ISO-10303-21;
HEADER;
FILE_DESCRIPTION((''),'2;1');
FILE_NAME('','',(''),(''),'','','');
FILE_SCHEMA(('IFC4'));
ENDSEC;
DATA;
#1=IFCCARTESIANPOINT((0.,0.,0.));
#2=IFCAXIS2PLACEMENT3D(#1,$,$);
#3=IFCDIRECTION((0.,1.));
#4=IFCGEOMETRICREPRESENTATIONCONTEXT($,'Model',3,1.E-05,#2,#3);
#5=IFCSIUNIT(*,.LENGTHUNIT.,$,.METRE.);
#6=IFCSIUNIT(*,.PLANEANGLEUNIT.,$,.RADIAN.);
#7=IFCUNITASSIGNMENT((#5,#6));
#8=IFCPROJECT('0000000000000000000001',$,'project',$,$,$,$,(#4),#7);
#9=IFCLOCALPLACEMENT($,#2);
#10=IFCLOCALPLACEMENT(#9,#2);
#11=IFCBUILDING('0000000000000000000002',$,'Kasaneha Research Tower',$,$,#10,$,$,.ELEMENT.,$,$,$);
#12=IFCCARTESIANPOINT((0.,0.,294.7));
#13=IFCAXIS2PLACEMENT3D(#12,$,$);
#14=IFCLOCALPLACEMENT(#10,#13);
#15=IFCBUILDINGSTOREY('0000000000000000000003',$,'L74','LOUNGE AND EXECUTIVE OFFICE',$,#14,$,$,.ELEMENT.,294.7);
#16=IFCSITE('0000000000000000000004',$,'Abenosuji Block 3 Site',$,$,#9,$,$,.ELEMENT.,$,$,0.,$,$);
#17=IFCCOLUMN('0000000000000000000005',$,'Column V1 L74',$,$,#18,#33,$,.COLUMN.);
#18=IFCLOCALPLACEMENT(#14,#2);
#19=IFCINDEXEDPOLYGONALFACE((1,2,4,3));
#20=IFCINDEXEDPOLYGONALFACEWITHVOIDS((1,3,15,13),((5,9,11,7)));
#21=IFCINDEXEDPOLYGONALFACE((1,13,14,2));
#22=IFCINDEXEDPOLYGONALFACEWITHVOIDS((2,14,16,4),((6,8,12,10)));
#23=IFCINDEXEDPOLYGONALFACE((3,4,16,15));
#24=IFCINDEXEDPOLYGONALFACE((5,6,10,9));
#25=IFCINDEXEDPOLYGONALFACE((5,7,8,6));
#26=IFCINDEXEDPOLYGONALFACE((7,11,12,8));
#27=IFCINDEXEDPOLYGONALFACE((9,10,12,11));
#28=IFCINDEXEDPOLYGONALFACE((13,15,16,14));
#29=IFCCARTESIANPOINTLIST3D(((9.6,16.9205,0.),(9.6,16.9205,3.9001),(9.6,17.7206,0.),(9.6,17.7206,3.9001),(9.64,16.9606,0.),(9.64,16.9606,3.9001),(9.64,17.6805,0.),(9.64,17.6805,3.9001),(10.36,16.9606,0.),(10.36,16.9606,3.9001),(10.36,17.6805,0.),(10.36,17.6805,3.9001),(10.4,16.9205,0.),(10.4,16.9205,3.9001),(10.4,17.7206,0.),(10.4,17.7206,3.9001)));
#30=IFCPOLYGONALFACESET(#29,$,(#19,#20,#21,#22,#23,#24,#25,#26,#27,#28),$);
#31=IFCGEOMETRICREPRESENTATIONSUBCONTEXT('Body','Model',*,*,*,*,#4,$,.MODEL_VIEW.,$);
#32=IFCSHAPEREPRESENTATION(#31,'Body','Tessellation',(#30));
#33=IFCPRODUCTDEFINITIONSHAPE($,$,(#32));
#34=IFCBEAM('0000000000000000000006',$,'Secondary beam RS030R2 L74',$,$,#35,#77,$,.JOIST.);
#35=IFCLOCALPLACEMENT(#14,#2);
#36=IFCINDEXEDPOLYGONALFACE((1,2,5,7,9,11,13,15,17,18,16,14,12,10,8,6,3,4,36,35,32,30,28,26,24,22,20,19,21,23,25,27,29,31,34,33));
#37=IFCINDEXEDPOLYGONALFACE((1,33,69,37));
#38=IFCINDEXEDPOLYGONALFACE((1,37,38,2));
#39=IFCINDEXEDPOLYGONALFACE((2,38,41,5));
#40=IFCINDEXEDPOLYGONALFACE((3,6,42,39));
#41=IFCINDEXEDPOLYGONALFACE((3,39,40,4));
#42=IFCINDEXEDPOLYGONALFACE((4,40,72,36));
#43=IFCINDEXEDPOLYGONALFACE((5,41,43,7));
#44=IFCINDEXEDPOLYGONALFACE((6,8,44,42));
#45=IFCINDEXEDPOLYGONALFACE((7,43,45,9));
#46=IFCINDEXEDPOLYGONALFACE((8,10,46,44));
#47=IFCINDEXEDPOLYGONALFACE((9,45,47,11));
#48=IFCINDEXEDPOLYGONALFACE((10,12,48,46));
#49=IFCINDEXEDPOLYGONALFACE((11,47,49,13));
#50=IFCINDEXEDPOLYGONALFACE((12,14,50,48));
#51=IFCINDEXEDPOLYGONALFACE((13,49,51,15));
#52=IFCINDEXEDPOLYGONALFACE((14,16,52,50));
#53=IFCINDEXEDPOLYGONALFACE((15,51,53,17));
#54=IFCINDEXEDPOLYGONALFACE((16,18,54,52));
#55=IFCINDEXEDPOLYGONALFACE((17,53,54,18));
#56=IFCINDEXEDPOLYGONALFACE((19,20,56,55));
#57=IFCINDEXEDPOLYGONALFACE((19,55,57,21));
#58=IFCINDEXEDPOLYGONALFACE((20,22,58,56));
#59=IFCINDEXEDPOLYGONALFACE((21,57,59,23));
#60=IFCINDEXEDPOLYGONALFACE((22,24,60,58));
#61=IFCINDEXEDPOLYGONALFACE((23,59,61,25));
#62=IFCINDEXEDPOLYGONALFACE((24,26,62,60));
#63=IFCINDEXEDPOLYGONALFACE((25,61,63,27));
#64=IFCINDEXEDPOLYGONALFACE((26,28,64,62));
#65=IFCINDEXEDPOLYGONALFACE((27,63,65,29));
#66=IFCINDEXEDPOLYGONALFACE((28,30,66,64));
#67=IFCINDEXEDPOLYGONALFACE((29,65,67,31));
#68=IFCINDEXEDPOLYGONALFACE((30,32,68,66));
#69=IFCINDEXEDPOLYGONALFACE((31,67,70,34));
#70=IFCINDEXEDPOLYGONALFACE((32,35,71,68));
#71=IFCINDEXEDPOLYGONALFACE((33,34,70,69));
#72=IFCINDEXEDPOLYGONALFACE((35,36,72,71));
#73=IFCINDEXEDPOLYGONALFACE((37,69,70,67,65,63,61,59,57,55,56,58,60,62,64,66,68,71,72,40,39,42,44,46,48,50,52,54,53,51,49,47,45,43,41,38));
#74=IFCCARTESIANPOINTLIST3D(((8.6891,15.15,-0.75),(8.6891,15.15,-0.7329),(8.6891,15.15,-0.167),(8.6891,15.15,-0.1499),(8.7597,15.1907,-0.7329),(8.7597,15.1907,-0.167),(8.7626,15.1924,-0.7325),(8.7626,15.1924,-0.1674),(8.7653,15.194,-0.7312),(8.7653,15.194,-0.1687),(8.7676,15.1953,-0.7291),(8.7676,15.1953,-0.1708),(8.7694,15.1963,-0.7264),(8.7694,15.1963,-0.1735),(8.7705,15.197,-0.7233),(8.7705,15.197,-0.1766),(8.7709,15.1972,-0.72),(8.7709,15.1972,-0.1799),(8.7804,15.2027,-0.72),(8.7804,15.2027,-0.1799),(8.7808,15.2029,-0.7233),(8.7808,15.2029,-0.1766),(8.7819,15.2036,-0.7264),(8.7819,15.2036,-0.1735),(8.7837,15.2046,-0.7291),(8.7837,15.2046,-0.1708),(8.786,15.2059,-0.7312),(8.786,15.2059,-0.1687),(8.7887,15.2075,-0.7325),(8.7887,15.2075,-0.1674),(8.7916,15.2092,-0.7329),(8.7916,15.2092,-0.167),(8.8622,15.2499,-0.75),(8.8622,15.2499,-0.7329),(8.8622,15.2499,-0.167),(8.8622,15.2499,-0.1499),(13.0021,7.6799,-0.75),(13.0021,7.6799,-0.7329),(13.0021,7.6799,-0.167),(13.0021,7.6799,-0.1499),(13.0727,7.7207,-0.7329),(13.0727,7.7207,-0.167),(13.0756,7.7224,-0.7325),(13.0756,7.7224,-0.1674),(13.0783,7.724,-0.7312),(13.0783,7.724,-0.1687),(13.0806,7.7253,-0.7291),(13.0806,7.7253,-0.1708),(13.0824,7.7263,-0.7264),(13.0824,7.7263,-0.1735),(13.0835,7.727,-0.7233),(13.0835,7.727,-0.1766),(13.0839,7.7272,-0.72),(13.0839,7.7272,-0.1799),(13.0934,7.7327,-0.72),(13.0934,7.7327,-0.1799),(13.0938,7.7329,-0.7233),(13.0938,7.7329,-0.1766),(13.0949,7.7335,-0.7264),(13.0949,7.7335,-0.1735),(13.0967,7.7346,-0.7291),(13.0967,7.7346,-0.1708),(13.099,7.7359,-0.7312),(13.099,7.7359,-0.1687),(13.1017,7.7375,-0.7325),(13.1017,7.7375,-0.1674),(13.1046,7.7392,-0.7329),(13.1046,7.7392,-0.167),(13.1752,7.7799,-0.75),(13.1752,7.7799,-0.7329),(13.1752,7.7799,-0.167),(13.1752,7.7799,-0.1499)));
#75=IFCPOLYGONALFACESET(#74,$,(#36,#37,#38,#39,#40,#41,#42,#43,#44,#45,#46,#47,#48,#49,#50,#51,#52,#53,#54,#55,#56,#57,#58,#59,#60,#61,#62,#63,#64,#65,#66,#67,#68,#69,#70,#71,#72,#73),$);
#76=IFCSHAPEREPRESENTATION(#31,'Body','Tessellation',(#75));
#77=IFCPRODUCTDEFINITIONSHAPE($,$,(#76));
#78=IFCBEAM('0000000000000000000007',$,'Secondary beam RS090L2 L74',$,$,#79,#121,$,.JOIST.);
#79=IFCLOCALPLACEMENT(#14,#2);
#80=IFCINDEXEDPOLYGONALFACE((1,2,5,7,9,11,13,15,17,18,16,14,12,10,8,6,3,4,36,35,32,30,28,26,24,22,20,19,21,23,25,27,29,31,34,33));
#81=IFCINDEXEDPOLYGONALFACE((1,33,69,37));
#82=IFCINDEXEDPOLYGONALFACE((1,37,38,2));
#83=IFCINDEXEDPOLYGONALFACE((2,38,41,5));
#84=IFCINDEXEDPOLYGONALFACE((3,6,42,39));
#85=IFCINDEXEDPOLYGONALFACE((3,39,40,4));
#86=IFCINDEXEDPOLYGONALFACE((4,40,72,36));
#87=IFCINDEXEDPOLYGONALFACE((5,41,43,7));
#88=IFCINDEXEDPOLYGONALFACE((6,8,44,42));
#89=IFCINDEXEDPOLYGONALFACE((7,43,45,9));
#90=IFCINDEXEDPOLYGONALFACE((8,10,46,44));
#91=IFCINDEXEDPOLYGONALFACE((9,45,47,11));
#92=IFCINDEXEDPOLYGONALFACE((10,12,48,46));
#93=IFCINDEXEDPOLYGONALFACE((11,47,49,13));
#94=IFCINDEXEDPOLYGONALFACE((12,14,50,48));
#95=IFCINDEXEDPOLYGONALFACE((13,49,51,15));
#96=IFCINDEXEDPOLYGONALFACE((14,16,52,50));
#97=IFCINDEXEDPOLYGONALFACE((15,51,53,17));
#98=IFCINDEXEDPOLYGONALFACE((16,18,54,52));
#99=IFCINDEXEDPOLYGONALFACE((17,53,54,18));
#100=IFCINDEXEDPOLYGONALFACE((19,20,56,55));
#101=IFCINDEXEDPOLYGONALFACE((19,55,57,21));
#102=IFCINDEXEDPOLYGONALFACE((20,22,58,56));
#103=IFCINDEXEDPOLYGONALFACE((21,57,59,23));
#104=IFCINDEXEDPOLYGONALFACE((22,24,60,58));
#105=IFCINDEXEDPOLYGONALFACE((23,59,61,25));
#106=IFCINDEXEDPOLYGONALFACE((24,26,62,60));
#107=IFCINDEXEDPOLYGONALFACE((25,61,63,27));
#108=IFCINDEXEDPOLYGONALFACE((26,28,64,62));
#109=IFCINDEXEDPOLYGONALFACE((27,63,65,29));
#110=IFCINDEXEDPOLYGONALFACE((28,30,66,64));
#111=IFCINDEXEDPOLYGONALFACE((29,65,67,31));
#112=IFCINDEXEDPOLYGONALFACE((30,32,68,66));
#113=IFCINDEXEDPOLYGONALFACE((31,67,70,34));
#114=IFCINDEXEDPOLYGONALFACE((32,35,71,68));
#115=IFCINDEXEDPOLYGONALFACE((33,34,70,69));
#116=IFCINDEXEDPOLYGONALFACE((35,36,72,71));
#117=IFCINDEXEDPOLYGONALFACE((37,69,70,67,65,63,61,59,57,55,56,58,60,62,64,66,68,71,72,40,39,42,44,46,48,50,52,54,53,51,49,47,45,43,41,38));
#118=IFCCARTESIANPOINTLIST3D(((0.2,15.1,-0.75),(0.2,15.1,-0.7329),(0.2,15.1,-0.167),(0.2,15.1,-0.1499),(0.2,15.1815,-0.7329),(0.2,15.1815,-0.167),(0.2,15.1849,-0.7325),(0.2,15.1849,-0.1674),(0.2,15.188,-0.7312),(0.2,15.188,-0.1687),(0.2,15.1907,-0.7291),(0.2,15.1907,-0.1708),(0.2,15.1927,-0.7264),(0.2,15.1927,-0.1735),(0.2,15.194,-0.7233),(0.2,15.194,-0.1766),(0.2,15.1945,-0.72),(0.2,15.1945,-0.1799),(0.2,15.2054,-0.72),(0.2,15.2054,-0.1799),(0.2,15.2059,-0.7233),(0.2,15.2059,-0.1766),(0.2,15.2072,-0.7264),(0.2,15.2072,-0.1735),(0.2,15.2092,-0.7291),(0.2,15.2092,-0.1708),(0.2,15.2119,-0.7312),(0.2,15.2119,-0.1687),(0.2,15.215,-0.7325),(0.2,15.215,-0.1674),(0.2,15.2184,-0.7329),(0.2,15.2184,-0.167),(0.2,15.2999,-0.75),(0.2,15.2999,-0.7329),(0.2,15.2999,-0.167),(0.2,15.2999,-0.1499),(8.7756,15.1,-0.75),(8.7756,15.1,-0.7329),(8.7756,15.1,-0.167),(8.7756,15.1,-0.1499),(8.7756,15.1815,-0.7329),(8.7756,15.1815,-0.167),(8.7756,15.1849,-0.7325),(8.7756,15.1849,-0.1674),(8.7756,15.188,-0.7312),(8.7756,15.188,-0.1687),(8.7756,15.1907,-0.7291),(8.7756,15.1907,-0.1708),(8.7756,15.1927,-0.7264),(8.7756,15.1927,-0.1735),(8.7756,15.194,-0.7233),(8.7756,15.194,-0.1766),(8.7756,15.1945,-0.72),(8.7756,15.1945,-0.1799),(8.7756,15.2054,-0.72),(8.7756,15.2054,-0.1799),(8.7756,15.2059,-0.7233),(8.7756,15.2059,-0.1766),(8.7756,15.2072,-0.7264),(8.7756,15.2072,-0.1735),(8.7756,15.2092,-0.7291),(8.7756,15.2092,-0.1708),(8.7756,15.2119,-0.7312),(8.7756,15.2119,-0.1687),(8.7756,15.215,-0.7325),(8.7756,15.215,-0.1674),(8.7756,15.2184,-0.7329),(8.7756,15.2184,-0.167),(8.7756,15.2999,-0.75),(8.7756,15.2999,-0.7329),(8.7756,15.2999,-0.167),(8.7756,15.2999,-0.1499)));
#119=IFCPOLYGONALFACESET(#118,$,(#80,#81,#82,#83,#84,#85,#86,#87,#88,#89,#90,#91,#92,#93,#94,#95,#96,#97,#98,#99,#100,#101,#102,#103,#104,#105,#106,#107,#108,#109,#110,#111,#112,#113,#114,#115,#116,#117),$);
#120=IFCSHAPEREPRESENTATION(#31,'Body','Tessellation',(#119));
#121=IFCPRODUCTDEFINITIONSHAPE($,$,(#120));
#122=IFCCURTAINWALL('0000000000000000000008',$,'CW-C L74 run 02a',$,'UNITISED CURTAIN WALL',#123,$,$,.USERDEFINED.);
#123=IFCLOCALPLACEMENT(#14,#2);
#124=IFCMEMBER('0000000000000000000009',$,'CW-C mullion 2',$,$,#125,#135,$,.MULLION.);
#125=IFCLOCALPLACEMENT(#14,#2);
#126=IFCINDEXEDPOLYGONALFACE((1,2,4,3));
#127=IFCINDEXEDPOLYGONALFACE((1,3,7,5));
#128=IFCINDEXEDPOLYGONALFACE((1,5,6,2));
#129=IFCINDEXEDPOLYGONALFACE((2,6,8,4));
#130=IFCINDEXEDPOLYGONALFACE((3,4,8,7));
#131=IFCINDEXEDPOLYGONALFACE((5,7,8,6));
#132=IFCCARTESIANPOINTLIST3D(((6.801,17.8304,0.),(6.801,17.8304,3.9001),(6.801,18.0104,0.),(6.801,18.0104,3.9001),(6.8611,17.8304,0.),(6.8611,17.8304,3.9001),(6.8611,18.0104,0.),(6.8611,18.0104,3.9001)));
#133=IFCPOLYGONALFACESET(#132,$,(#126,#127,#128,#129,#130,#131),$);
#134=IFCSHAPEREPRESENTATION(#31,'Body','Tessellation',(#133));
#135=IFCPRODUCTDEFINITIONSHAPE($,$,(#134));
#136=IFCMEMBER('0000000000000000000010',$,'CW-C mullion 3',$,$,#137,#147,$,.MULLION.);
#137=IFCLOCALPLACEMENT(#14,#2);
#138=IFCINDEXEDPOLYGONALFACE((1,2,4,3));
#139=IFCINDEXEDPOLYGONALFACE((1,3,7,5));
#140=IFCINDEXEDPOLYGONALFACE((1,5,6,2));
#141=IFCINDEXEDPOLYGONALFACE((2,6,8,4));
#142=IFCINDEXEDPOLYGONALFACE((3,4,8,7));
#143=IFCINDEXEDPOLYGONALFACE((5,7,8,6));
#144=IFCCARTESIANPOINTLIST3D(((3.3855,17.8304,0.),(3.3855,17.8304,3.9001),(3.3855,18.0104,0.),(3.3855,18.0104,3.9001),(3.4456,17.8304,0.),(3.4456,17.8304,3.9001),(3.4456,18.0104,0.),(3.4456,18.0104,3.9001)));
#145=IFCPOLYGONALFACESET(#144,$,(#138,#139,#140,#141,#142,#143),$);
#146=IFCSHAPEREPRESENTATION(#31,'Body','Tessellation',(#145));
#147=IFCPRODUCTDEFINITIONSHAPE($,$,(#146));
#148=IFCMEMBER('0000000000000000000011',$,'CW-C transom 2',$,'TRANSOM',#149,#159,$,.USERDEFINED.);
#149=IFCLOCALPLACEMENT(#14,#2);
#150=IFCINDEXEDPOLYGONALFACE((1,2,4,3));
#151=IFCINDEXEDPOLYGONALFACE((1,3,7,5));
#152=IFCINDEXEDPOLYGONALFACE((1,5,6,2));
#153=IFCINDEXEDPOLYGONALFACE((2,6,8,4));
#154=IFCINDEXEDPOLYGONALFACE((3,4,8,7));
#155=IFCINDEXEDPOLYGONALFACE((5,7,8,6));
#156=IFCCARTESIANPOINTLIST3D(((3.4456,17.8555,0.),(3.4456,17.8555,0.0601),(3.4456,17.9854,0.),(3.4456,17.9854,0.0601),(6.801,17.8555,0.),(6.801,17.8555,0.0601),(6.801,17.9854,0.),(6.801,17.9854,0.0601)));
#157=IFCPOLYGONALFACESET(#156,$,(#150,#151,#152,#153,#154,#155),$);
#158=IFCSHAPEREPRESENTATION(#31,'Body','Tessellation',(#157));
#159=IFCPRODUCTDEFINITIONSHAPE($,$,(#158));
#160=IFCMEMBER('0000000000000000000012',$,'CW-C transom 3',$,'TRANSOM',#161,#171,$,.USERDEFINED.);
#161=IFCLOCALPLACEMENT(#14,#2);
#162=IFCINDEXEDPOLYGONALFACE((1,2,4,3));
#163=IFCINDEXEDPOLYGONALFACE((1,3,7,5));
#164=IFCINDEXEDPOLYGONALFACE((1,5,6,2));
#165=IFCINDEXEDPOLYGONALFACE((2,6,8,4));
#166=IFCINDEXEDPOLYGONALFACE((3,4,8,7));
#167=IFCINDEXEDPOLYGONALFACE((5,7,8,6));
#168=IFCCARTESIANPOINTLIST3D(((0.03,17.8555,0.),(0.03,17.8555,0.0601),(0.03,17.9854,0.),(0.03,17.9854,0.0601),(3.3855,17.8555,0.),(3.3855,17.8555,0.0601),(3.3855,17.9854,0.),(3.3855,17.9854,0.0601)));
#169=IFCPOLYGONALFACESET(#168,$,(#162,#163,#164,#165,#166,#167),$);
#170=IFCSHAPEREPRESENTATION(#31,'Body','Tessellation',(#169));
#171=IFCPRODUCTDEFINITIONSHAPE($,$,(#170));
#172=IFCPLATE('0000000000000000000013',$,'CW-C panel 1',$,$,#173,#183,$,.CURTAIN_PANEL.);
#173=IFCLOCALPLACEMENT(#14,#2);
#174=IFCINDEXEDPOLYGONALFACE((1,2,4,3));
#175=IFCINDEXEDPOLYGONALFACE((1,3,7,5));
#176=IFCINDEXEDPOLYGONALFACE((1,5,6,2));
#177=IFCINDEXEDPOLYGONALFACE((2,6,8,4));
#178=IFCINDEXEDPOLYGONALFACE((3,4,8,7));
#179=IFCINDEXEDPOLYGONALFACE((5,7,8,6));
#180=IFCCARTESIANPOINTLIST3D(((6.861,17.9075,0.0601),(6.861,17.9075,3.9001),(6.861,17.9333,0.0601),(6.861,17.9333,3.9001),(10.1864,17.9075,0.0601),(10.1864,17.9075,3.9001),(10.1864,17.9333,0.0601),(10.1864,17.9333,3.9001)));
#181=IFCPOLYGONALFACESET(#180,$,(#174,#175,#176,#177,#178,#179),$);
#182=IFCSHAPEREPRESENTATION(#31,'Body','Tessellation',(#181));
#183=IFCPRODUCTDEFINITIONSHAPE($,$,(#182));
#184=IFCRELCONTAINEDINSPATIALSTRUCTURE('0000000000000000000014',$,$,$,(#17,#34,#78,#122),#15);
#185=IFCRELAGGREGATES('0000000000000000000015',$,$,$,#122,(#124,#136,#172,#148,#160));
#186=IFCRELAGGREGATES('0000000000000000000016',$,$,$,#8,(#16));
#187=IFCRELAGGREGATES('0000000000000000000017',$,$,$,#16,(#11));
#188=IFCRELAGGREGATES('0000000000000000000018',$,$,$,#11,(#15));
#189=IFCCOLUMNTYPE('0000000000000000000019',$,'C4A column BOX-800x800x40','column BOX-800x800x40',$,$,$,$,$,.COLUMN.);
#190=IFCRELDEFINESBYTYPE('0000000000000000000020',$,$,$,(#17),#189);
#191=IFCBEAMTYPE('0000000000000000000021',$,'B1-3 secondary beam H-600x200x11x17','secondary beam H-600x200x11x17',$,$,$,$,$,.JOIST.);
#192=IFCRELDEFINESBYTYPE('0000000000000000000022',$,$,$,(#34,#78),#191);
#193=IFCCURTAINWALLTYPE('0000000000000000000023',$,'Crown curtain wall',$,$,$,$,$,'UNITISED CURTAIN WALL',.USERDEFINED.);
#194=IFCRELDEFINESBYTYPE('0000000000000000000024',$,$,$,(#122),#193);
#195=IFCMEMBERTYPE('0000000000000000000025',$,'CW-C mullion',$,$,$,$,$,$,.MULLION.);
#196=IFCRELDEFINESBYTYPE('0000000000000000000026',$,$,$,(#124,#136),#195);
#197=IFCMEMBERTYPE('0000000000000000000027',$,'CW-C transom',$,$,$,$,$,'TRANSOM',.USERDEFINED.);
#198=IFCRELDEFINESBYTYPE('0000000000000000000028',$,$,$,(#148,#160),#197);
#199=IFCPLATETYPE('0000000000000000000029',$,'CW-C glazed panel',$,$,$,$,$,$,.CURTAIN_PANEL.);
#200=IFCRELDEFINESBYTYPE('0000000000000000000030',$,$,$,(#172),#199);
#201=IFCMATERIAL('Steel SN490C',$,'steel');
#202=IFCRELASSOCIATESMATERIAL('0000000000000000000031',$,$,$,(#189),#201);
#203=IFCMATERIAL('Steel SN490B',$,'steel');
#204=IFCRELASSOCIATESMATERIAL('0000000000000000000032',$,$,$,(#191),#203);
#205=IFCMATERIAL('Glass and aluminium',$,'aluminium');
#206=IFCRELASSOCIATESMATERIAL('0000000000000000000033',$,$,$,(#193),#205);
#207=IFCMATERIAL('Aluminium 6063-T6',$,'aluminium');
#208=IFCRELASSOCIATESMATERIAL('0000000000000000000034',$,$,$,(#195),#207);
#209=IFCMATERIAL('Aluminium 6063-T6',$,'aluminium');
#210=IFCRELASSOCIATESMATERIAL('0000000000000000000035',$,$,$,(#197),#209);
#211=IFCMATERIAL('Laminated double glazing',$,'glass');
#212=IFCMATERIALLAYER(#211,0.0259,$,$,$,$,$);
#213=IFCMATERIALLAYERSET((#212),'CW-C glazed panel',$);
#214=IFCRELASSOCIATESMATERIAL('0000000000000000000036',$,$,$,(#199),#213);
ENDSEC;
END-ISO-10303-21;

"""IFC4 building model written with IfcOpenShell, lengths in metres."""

from ifc_helpers import new_model, si_unit, direction, frame, origin, origin_2d, place, context, subcontext, project, spatial, rectangle, hollow_rectangle, i_section, extrude, material, layer, layer_set, material_profile, profile_set, type_object, element, aggregate, save


model = new_model("IFC4")

# Units and contexts
model_context = context("Model", 3, precision=1e-05, world=origin(), true_north=direction((0.0, 1.0)))
body_context = subcontext(model_context, "Body", "Model", "MODEL_VIEW")
ifc_project = project(units=[si_unit("LENGTHUNIT", "METRE"), si_unit("PLANEANGLEUNIT", "RADIAN")], contexts=[model_context])

# Site, building, storey
site_placement = place(None, origin())
site = spatial("IfcSite", under=ifc_project, at=site_placement, Name="Abenosuji Block 3 Site", CompositionType="ELEMENT", RefElevation=0.0)
building_placement = place(site_placement, origin())
building = spatial("IfcBuilding", under=site, at=building_placement, Name="Kasaneha Research Tower", CompositionType="ELEMENT")
storey_placement = place(building_placement, frame((0.0, 0.0, 294.7)))
storey = spatial("IfcBuildingStorey", under=building, at=storey_placement, Name="L74", Description="LOUNGE AND EXECUTIVE OFFICE", CompositionType="ELEMENT", Elevation=294.7)

# Column
ifc_material_1 = material(Name="Steel SN490C", Category="steel")
ifc_material_profile_1 = material_profile(ifc_material_1, hollow_rectangle(XDim=0.8, YDim=0.8, WallThickness=0.04, at=origin_2d()), Name="BOX-800x800x40")
ifc_profile_set_1 = profile_set([ifc_material_profile_1], Name="Steel SN490C")
column_type = type_object("IfcColumnType", Name="C4A column BOX-800x800x40", Description="column BOX-800x800x40", PredefinedType="COLUMN", material=ifc_profile_set_1)
column_placement = place(storey_placement, frame((10.0, 17.3206, 0.0), z_axis=(0.0, 0.0, 1.0), x_axis=(1.0, 0.0, 0.0)))
element("IfcColumn", 1, at=column_placement, inside=storey, type_object=column_type, Name="Column V1 L74", PredefinedType="COLUMN", context=body_context, shape_type="SweptSolid", body=[
    extrude(hollow_rectangle(XDim=0.8, YDim=0.8, WallThickness=0.04, at=origin_2d()), origin(), (0.0, 0.0, 1.0), 3.9001),
])

# Beams
ifc_material_2 = material(Name="Steel SN490B", Category="steel")
ifc_material_profile_2 = material_profile(ifc_material_2, i_section(OverallWidth=0.2, OverallDepth=0.6001, WebThickness=0.011, FlangeThickness=0.0171, FilletRadius=0.0129, at=origin_2d()), Name="H-600x200x11x17")
ifc_profile_set_2 = profile_set([ifc_material_profile_2], Name="Steel SN490B")
beam_type = type_object("IfcBeamType", Name="B1-3 secondary beam H-600x200x11x17", Description="secondary beam H-600x200x11x17", PredefinedType="JOIST", material=ifc_profile_set_2)
beam_1_placement = place(storey_placement, frame((8.7756, 15.2, -0.45), z_axis=(0.500017, -0.866015, 0.0), x_axis=(0.866015, 0.500017, 0.0)))
element("IfcBeam", 2, at=beam_1_placement, inside=storey, type_object=beam_type, Name="Secondary beam RS030R2 L74", PredefinedType="JOIST", context=body_context, shape_type="SweptSolid", body=[
    extrude(i_section(OverallWidth=0.2, OverallDepth=0.6001, WebThickness=0.011, FlangeThickness=0.0171, FilletRadius=0.0129, at=origin_2d()), origin(), (0.0, 0.0, 1.0), 8.6257),
])
beam_2_placement = place(storey_placement, frame((8.7756, 15.2, -0.45), z_axis=(-1.0, 0.0, 0.0), x_axis=(0.0, -1.0, 0.0)))
element("IfcBeam", 3, at=beam_2_placement, inside=storey, type_object=beam_type, Name="Secondary beam RS090L2 L74", PredefinedType="JOIST", context=body_context, shape_type="SweptSolid", body=[
    extrude(i_section(OverallWidth=0.2, OverallDepth=0.6001, WebThickness=0.011, FlangeThickness=0.0171, FilletRadius=0.0129, at=origin_2d()), origin(), (0.0, 0.0, 1.0), 8.5757),
])

# Curtain wall, members, plate
ifc_material_3 = material(Name="Glass and aluminium", Category="aluminium")
curtain_wall_type = type_object("IfcCurtainWallType", Name="Crown curtain wall", ElementType="UNITISED CURTAIN WALL", PredefinedType="USERDEFINED", material=ifc_material_3)
curtain_wall_placement = place(storey_placement, origin())
curtain_wall = element("IfcCurtainWall", 4, at=curtain_wall_placement, inside=storey, type_object=curtain_wall_type, Name="CW-C L74 run 02a", ObjectType="UNITISED CURTAIN WALL", PredefinedType="USERDEFINED")
ifc_material_4 = material(Name="Aluminium 6063-T6", Category="aluminium")
ifc_material_profile_3 = material_profile(ifc_material_4, rectangle(XDim=0.0601, YDim=0.1799, at=origin_2d()), Name="CW-C mullion 60x180")
ifc_profile_set_3 = profile_set([ifc_material_profile_3], Name="Aluminium 6063-T6")
member_type_1 = type_object("IfcMemberType", Name="CW-C mullion", PredefinedType="MULLION", material=ifc_profile_set_3)
member_1_placement = place(storey_placement, frame((6.8311, 17.9204, 0.0), z_axis=(0.0, 0.0, 1.0), x_axis=(-1.0, 0.0, 0.0)))
member_1 = element("IfcMember", 5, at=member_1_placement, type_object=member_type_1, Name="CW-C mullion 2", PredefinedType="MULLION", context=body_context, shape_type="SweptSolid", body=[
    extrude(rectangle(XDim=0.0601, YDim=0.1799, at=origin_2d()), origin(), (0.0, 0.0, 1.0), 3.9001),
])
member_2_placement = place(storey_placement, frame((3.4155, 17.9204, 0.0), z_axis=(0.0, 0.0, 1.0), x_axis=(-1.0, 0.0, 0.0)))
member_2 = element("IfcMember", 6, at=member_2_placement, type_object=member_type_1, Name="CW-C mullion 3", PredefinedType="MULLION", context=body_context, shape_type="SweptSolid", body=[
    extrude(rectangle(XDim=0.0601, YDim=0.1799, at=origin_2d()), origin(), (0.0, 0.0, 1.0), 3.9001),
])
ifc_material_5 = material(Name="Aluminium 6063-T6", Category="aluminium")
ifc_material_profile_4 = material_profile(ifc_material_5, rectangle(XDim=0.1299, YDim=0.0601, at=origin_2d()), Name="CW-C transom 130x60")
ifc_profile_set_4 = profile_set([ifc_material_profile_4], Name="Aluminium 6063-T6")
member_type_2 = type_object("IfcMemberType", Name="CW-C transom", ElementType="TRANSOM", PredefinedType="USERDEFINED", material=ifc_profile_set_4)
member_3_placement = place(storey_placement, frame((6.801, 17.9204, 0.03), z_axis=(-1.0, 0.0, 0.0), x_axis=(0.0, -1.0, 0.0)))
member_3 = element("IfcMember", 7, at=member_3_placement, type_object=member_type_2, Name="CW-C transom 2", ObjectType="TRANSOM", PredefinedType="USERDEFINED", context=body_context, shape_type="SweptSolid", body=[
    extrude(rectangle(XDim=0.1299, YDim=0.0601, at=origin_2d()), origin(), (0.0, 0.0, 1.0), 3.3555),
])
member_4_placement = place(storey_placement, frame((3.3855, 17.9204, 0.03), z_axis=(-1.0, 0.0, 0.0), x_axis=(0.0, -1.0, 0.0)))
member_4 = element("IfcMember", 8, at=member_4_placement, type_object=member_type_2, Name="CW-C transom 3", ObjectType="TRANSOM", PredefinedType="USERDEFINED", context=body_context, shape_type="SweptSolid", body=[
    extrude(rectangle(XDim=0.1299, YDim=0.0601, at=origin_2d()), origin(), (0.0, 0.0, 1.0), 3.3555),
])
ifc_material_6 = material(Name="Laminated double glazing", Category="glass")
ifc_layer_1 = layer(ifc_material_6, 0.0259)
ifc_layer_set_1 = layer_set([ifc_layer_1], Name="CW-C glazed panel")
plate_type = type_object("IfcPlateType", Name="CW-C glazed panel", PredefinedType="CURTAIN_PANEL", material=ifc_layer_set_1)
plate_1_placement = place(storey_placement, frame((8.5237, 17.9204, 0.0601), z_axis=(0.0, 0.0, 1.0), x_axis=(-1.0, 0.0, 0.0)))
plate_1 = element("IfcPlate", 9, at=plate_1_placement, type_object=plate_type, Name="CW-C panel 1", PredefinedType="CURTAIN_PANEL", context=body_context, shape_type="SweptSolid", body=[
    extrude(rectangle(XDim=3.3254, YDim=0.0259, at=origin_2d()), origin(), (0.0, 0.0, 1.0), 3.8401),
])
aggregate(curtain_wall, [member_1, member_2, plate_1, member_3, member_4])

save(model, "model.ifc")
